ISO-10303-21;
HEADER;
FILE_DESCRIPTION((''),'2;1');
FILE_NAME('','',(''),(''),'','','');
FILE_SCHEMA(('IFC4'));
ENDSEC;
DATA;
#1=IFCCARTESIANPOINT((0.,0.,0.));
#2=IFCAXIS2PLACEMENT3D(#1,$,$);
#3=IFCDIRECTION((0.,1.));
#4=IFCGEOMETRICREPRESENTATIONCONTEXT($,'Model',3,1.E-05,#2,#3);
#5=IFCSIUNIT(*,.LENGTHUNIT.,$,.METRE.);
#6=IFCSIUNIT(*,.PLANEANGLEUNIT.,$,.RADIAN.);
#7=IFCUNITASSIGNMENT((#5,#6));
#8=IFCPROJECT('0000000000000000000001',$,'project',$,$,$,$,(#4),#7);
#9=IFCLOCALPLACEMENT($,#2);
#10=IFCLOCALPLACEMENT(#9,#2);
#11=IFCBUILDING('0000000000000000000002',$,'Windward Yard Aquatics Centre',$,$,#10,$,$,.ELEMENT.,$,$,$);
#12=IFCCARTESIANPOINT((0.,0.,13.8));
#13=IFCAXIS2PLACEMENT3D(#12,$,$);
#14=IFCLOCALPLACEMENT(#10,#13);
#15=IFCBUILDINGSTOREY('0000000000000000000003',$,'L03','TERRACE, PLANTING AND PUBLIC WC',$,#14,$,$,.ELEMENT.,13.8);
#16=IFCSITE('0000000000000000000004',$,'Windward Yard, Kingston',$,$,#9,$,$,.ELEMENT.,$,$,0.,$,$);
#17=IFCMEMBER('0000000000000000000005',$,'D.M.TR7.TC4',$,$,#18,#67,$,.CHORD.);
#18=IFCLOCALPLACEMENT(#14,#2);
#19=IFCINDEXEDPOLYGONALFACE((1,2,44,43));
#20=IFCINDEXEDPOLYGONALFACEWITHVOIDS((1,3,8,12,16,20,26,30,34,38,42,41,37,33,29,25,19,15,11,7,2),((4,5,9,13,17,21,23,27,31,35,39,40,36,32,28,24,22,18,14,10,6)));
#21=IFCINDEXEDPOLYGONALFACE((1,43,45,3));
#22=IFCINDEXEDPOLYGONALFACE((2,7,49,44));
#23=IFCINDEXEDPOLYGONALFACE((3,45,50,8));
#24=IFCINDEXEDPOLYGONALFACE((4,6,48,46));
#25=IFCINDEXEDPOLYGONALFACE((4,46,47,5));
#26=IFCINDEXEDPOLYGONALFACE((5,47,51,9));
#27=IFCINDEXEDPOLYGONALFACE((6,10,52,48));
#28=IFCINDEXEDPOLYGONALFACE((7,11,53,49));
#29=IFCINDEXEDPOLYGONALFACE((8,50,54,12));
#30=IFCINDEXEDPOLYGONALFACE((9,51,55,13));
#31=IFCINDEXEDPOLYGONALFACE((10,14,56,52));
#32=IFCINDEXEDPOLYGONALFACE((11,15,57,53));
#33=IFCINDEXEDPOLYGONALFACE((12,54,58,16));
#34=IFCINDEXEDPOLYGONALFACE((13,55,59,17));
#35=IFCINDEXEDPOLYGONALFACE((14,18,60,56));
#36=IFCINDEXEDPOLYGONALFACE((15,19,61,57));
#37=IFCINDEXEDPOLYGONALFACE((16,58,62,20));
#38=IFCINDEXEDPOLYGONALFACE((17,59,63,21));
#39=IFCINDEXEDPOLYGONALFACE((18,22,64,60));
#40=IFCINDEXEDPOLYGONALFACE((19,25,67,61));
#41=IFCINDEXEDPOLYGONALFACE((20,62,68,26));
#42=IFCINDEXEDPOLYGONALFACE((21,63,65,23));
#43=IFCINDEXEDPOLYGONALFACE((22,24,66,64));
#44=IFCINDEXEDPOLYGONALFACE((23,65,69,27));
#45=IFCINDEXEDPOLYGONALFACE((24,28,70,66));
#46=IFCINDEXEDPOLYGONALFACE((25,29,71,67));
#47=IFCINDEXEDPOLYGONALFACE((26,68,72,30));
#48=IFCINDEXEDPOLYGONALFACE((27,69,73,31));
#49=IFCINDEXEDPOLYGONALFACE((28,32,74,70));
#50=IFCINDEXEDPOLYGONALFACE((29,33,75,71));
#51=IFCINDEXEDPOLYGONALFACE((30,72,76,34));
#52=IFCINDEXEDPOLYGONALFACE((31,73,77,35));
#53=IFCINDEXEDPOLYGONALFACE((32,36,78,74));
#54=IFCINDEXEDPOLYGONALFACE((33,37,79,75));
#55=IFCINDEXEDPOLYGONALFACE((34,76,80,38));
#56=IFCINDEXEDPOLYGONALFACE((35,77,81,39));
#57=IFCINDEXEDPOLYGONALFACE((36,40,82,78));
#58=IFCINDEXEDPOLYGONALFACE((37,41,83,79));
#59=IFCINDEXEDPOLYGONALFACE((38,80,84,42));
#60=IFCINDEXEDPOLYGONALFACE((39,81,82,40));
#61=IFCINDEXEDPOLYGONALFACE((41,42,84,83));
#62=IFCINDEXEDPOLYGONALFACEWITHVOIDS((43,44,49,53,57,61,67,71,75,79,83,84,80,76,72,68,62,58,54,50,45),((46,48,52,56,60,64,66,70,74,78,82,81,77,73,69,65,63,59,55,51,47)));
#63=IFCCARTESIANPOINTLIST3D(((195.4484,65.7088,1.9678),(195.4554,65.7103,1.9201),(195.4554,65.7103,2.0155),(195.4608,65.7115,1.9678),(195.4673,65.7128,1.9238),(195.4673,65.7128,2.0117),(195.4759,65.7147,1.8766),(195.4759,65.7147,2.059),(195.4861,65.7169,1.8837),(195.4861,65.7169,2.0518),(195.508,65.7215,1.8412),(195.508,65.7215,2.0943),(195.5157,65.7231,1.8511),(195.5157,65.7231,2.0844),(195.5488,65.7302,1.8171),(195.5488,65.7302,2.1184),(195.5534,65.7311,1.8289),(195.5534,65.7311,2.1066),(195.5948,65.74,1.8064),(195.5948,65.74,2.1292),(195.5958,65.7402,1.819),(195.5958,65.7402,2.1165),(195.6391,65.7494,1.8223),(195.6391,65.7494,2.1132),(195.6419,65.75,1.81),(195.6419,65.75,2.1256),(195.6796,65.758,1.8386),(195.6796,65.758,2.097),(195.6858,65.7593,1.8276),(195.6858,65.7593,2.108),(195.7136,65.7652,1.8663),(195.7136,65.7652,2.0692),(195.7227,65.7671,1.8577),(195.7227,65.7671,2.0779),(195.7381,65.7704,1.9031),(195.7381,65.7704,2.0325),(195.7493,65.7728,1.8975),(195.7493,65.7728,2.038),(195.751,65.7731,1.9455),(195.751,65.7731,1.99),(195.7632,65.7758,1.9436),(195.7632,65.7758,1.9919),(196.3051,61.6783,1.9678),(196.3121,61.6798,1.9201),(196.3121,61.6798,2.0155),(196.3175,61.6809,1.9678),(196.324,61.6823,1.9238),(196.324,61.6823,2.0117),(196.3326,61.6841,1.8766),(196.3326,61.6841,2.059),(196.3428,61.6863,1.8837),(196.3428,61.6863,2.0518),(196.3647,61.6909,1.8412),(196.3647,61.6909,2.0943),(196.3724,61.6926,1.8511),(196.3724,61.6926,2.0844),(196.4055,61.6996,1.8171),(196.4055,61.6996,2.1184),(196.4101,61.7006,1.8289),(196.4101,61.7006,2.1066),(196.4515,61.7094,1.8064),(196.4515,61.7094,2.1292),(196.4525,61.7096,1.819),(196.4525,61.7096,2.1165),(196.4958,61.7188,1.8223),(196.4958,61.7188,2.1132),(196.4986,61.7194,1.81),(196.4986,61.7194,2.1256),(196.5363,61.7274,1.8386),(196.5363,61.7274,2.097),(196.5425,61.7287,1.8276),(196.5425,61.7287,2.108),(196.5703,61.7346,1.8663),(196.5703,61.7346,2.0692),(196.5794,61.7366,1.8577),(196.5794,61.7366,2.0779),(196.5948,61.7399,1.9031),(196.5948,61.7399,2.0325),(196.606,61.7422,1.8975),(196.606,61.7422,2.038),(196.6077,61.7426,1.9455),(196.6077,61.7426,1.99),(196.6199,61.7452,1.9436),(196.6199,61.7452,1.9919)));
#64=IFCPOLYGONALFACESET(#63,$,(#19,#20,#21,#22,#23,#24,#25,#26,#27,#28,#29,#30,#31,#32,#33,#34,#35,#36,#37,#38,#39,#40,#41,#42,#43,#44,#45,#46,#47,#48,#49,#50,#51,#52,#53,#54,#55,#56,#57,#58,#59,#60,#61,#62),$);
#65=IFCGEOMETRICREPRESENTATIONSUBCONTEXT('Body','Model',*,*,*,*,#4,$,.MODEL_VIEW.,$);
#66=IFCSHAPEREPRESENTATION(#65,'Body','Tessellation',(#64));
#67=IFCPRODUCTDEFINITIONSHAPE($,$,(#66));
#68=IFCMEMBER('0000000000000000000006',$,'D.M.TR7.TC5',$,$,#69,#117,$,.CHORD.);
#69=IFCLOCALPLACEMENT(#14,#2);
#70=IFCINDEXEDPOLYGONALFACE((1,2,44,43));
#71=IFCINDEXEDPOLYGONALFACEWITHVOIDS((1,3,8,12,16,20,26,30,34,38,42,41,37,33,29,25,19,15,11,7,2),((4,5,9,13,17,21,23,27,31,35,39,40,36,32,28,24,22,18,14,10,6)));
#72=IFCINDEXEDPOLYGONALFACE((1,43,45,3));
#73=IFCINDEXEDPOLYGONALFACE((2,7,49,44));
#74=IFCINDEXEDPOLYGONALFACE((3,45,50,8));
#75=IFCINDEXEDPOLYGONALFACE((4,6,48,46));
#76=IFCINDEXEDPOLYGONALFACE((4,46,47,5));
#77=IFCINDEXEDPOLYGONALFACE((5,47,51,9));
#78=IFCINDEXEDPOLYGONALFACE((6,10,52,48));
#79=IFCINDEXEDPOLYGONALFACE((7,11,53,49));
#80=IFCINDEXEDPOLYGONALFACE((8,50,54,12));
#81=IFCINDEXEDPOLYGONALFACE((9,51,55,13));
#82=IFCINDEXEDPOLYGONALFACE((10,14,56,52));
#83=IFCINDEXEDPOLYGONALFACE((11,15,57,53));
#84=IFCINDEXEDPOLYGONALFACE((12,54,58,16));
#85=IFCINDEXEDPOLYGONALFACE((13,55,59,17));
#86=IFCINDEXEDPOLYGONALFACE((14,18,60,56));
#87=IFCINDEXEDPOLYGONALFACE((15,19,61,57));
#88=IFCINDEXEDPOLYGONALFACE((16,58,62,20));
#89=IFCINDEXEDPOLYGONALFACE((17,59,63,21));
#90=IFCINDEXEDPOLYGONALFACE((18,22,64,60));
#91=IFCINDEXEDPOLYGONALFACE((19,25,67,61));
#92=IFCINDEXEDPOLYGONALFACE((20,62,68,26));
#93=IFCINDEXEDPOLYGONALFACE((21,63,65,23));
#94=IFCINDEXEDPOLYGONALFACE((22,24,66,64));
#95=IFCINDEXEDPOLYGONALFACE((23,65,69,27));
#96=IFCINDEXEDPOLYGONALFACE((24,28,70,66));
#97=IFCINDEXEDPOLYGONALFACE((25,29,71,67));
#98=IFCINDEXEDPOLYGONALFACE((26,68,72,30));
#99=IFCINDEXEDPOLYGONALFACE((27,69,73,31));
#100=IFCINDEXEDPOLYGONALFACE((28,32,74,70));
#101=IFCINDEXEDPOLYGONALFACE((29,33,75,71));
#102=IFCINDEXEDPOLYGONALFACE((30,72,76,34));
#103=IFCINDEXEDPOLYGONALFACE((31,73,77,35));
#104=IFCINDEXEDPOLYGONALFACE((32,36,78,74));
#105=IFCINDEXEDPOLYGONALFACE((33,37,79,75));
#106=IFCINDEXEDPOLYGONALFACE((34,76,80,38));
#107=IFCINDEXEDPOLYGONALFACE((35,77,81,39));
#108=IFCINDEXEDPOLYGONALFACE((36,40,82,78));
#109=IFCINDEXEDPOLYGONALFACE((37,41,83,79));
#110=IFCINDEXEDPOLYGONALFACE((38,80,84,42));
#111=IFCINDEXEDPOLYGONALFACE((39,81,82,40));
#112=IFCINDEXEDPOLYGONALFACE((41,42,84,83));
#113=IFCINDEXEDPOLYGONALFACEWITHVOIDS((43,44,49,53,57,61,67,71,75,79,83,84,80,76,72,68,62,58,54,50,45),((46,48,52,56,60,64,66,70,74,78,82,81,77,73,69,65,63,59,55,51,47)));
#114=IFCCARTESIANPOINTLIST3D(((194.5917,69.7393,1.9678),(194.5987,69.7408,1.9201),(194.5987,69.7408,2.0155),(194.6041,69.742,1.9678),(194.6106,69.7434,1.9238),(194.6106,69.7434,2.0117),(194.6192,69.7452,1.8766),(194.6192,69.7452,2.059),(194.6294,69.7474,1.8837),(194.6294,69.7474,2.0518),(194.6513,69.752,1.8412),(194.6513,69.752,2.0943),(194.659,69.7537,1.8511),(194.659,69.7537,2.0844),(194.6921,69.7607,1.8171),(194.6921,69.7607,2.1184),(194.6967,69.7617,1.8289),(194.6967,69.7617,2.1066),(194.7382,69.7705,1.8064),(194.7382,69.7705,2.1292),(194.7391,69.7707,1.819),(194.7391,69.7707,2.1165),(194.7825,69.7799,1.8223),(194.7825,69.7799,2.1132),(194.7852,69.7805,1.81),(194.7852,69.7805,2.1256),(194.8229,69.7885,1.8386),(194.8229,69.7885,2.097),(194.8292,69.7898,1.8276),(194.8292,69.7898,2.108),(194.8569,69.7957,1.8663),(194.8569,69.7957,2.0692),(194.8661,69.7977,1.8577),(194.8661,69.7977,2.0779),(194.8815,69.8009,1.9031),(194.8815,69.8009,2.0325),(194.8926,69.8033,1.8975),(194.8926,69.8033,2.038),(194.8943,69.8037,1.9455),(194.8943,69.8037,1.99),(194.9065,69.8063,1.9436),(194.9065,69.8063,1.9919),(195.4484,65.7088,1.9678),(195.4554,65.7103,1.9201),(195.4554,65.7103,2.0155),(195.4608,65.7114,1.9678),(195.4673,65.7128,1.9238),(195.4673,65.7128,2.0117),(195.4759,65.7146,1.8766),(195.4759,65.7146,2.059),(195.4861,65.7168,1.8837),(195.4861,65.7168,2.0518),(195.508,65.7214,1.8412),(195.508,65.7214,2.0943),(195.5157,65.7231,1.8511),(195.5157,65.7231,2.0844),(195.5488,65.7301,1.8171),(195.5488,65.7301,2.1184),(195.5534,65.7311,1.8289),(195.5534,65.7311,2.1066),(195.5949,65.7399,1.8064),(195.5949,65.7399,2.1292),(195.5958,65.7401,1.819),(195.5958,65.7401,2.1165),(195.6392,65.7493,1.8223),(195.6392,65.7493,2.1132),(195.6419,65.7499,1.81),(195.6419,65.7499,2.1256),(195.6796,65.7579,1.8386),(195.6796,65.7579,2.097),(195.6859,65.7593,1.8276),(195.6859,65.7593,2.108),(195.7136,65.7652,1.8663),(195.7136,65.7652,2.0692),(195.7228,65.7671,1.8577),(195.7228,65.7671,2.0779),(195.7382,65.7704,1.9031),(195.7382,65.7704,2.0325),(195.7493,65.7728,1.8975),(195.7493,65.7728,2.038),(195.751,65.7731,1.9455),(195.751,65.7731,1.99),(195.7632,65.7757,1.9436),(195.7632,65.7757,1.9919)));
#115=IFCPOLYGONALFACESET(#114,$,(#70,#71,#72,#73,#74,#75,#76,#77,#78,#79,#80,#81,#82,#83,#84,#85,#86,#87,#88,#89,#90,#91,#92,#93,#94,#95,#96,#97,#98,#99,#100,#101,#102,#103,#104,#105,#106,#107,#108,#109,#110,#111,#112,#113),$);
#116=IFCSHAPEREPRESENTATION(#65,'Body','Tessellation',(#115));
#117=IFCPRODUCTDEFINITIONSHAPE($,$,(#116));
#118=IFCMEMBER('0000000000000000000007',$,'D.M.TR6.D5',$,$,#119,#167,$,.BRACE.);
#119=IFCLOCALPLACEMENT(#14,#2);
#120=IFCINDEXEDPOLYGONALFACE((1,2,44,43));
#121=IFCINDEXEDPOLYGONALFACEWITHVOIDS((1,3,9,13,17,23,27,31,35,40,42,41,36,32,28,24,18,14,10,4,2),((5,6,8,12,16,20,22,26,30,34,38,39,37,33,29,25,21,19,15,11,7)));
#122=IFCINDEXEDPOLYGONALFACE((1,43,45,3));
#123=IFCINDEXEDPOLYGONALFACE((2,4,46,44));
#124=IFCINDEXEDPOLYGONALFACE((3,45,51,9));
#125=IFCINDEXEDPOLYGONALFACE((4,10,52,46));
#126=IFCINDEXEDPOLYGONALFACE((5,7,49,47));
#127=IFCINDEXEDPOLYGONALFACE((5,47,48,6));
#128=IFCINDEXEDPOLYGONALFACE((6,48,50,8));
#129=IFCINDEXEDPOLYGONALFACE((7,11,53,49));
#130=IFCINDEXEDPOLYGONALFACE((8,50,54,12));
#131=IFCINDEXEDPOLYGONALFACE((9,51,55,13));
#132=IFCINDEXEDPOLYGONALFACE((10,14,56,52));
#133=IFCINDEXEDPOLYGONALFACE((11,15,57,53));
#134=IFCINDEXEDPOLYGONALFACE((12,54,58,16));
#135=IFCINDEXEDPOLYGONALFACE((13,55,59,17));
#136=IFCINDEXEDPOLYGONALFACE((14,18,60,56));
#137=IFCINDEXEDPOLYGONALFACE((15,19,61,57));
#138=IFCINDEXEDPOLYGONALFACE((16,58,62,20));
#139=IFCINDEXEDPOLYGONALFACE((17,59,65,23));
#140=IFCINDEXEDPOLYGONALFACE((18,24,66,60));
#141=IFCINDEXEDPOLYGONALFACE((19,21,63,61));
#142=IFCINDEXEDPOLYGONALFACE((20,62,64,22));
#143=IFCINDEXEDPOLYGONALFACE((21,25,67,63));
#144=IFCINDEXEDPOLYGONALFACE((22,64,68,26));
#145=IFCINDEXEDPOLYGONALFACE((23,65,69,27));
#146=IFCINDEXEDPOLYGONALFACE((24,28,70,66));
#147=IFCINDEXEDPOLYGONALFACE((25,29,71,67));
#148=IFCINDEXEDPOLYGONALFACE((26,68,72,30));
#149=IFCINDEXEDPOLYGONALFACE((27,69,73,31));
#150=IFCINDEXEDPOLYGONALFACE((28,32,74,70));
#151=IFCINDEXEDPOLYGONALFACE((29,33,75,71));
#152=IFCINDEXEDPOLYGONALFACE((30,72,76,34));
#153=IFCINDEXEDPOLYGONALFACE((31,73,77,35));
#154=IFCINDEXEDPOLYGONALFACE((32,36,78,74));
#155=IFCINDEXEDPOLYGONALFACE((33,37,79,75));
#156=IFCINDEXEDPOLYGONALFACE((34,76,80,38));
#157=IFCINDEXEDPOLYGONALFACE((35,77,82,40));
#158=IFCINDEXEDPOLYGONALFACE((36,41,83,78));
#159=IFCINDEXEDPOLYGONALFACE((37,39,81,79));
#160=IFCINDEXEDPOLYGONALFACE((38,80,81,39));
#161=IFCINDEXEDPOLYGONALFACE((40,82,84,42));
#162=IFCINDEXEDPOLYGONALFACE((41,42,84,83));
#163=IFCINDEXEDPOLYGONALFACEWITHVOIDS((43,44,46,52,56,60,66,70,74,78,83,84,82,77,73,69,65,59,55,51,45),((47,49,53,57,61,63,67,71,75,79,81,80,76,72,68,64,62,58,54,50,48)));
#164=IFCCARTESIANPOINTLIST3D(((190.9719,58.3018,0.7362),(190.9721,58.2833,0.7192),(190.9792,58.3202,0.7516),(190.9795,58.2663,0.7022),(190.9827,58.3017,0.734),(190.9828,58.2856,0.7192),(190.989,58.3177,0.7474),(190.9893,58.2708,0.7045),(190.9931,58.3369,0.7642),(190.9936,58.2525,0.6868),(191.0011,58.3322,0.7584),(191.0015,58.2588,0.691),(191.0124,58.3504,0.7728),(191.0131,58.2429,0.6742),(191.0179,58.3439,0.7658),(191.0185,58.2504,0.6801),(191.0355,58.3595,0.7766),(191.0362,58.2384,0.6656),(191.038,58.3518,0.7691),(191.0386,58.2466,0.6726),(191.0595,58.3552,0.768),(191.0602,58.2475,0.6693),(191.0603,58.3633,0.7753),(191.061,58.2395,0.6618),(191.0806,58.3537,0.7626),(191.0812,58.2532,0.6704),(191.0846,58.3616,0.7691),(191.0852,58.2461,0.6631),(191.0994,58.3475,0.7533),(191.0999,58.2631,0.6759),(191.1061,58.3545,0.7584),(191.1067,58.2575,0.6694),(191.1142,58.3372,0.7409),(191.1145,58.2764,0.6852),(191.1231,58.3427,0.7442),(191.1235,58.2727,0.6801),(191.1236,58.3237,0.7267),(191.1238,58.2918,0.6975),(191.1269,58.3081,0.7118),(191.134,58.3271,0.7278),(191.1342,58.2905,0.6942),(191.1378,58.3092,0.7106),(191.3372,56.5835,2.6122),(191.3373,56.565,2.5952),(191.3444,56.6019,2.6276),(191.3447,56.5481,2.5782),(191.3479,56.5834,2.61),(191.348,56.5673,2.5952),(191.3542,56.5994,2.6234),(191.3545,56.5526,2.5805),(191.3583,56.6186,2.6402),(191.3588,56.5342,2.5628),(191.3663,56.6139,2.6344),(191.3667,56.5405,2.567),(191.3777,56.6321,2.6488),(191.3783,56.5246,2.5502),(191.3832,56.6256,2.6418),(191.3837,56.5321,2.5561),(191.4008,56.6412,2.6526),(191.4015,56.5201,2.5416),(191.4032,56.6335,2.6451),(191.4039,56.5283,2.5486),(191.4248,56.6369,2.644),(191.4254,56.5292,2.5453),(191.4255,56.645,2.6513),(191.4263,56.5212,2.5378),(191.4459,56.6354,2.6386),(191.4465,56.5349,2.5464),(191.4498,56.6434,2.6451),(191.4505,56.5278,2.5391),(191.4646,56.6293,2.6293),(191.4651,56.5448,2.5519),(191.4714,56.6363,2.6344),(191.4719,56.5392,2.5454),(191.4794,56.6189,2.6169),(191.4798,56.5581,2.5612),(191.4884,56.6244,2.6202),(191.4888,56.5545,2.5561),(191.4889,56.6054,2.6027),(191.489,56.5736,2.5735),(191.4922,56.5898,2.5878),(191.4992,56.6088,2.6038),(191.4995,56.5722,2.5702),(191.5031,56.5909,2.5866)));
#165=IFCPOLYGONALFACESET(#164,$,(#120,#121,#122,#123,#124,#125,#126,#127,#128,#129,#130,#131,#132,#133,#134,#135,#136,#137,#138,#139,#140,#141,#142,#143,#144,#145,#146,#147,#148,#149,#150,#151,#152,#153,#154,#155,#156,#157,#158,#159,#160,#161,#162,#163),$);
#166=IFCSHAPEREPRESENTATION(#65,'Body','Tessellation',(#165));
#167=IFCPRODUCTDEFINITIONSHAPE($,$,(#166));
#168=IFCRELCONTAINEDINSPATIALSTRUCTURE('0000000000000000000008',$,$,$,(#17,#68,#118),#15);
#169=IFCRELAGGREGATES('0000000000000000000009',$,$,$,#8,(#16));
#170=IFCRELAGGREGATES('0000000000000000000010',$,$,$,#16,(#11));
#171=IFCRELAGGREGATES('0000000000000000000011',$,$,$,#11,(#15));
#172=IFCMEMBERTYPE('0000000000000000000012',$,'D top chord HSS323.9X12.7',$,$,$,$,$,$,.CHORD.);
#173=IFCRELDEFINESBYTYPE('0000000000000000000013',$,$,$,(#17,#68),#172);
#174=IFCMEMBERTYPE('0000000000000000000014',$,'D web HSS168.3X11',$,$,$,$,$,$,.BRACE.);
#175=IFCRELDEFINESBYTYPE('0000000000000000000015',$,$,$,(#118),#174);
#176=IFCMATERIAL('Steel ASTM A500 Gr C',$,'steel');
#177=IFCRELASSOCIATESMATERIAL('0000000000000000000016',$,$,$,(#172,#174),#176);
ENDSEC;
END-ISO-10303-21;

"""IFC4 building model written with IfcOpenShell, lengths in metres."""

from ifc_helpers import new_model, si_unit, direction, frame, origin, origin_2d, place, context, subcontext, project, spatial, hollow_circle, extrude, material, material_profile, profile_set, type_object, element, save


model = new_model("IFC4")

# Units and contexts
model_context = context("Model", 3, precision=1e-05, world=origin(), true_north=direction((0.0, 1.0)))
body_context = subcontext(model_context, "Body", "Model", "MODEL_VIEW")
ifc_project = project(units=[si_unit("LENGTHUNIT", "METRE"), si_unit("PLANEANGLEUNIT", "RADIAN")], contexts=[model_context])

# Site, building, storey
site_placement = place(None, origin())
site = spatial("IfcSite", under=ifc_project, at=site_placement, Name="Windward Yard, Kingston", CompositionType="ELEMENT", RefElevation=0.0)
building_placement = place(site_placement, origin())
building = spatial("IfcBuilding", under=site, at=building_placement, Name="Windward Yard Aquatics Centre", CompositionType="ELEMENT")
storey_placement = place(building_placement, frame((0.0, 0.0, 13.8)))
storey = spatial("IfcBuildingStorey", under=building, at=storey_placement, Name="L03", Description="TERRACE, PLANTING AND PUBLIC WC", CompositionType="ELEMENT", Elevation=13.8)

# Members
ifc_material_1 = material(Name="Steel ASTM A500 Gr C", Category="steel")
ifc_material_profile_1 = material_profile(ifc_material_1, hollow_circle(Radius=0.1619, WallThickness=0.0127, at=origin_2d()), Name="HSS323.9X12.7")
ifc_profile_set_1 = profile_set([ifc_material_profile_1], Name="Steel ASTM A500 Gr C")
member_type_1 = type_object("IfcMemberType", Name="D top chord HSS323.9X12.7", PredefinedType="CHORD", material=ifc_profile_set_1)
for number, where, z_axis, x_axis, name in (
    (1, (196.4634, 61.7119, 1.9678), (-0.207906, 0.978149, 0.0), (-0.978149, -0.207906, 0.0), "D.M.TR7.TC4"),
    (2, (195.6067, 65.7424, 1.9678), (-0.207906, 0.978149, 0.0), (-0.978149, -0.207906, 0.0), "D.M.TR7.TC5"),
):
    element("IfcMember", number, at=place(storey_placement, frame(where, z_axis=z_axis, x_axis=x_axis)), inside=storey, type_object=member_type_1, Name=name, PredefinedType="CHORD", context=body_context, shape_type="SweptSolid", body=[
        extrude(hollow_circle(Radius=0.1619, WallThickness=0.0127, at=origin_2d()), origin(), (0.0, 0.0, 1.0), 4.1206),
    ])
ifc_material_profile_2 = material_profile(ifc_material_1, hollow_circle(Radius=0.0842, WallThickness=0.011, at=origin_2d()), Name="HSS168.3X11")
ifc_profile_set_2 = profile_set([ifc_material_profile_2], Name="Steel ASTM A500 Gr C")
member_type_2 = type_object("IfcMemberType", Name="D web HSS168.3X11", PredefinedType="BRACE", material=ifc_profile_set_2)
member_1_placement = place(storey_placement, frame((191.4197, 56.5825, 2.5952), z_axis=(-0.142112, 0.668574, -0.729941), x_axis=(-0.978147, -0.207915, 0.0)))
element("IfcMember", 3, at=member_1_placement, inside=storey, type_object=member_type_2, Name="D.M.TR6.D5", PredefinedType="BRACE", context=body_context, shape_type="SweptSolid", body=[
    extrude(hollow_circle(Radius=0.0842, WallThickness=0.011, at=origin_2d()), origin(), (0.0, 0.0, 1.0), 2.5701),
])

save(model, "model.ifc")
